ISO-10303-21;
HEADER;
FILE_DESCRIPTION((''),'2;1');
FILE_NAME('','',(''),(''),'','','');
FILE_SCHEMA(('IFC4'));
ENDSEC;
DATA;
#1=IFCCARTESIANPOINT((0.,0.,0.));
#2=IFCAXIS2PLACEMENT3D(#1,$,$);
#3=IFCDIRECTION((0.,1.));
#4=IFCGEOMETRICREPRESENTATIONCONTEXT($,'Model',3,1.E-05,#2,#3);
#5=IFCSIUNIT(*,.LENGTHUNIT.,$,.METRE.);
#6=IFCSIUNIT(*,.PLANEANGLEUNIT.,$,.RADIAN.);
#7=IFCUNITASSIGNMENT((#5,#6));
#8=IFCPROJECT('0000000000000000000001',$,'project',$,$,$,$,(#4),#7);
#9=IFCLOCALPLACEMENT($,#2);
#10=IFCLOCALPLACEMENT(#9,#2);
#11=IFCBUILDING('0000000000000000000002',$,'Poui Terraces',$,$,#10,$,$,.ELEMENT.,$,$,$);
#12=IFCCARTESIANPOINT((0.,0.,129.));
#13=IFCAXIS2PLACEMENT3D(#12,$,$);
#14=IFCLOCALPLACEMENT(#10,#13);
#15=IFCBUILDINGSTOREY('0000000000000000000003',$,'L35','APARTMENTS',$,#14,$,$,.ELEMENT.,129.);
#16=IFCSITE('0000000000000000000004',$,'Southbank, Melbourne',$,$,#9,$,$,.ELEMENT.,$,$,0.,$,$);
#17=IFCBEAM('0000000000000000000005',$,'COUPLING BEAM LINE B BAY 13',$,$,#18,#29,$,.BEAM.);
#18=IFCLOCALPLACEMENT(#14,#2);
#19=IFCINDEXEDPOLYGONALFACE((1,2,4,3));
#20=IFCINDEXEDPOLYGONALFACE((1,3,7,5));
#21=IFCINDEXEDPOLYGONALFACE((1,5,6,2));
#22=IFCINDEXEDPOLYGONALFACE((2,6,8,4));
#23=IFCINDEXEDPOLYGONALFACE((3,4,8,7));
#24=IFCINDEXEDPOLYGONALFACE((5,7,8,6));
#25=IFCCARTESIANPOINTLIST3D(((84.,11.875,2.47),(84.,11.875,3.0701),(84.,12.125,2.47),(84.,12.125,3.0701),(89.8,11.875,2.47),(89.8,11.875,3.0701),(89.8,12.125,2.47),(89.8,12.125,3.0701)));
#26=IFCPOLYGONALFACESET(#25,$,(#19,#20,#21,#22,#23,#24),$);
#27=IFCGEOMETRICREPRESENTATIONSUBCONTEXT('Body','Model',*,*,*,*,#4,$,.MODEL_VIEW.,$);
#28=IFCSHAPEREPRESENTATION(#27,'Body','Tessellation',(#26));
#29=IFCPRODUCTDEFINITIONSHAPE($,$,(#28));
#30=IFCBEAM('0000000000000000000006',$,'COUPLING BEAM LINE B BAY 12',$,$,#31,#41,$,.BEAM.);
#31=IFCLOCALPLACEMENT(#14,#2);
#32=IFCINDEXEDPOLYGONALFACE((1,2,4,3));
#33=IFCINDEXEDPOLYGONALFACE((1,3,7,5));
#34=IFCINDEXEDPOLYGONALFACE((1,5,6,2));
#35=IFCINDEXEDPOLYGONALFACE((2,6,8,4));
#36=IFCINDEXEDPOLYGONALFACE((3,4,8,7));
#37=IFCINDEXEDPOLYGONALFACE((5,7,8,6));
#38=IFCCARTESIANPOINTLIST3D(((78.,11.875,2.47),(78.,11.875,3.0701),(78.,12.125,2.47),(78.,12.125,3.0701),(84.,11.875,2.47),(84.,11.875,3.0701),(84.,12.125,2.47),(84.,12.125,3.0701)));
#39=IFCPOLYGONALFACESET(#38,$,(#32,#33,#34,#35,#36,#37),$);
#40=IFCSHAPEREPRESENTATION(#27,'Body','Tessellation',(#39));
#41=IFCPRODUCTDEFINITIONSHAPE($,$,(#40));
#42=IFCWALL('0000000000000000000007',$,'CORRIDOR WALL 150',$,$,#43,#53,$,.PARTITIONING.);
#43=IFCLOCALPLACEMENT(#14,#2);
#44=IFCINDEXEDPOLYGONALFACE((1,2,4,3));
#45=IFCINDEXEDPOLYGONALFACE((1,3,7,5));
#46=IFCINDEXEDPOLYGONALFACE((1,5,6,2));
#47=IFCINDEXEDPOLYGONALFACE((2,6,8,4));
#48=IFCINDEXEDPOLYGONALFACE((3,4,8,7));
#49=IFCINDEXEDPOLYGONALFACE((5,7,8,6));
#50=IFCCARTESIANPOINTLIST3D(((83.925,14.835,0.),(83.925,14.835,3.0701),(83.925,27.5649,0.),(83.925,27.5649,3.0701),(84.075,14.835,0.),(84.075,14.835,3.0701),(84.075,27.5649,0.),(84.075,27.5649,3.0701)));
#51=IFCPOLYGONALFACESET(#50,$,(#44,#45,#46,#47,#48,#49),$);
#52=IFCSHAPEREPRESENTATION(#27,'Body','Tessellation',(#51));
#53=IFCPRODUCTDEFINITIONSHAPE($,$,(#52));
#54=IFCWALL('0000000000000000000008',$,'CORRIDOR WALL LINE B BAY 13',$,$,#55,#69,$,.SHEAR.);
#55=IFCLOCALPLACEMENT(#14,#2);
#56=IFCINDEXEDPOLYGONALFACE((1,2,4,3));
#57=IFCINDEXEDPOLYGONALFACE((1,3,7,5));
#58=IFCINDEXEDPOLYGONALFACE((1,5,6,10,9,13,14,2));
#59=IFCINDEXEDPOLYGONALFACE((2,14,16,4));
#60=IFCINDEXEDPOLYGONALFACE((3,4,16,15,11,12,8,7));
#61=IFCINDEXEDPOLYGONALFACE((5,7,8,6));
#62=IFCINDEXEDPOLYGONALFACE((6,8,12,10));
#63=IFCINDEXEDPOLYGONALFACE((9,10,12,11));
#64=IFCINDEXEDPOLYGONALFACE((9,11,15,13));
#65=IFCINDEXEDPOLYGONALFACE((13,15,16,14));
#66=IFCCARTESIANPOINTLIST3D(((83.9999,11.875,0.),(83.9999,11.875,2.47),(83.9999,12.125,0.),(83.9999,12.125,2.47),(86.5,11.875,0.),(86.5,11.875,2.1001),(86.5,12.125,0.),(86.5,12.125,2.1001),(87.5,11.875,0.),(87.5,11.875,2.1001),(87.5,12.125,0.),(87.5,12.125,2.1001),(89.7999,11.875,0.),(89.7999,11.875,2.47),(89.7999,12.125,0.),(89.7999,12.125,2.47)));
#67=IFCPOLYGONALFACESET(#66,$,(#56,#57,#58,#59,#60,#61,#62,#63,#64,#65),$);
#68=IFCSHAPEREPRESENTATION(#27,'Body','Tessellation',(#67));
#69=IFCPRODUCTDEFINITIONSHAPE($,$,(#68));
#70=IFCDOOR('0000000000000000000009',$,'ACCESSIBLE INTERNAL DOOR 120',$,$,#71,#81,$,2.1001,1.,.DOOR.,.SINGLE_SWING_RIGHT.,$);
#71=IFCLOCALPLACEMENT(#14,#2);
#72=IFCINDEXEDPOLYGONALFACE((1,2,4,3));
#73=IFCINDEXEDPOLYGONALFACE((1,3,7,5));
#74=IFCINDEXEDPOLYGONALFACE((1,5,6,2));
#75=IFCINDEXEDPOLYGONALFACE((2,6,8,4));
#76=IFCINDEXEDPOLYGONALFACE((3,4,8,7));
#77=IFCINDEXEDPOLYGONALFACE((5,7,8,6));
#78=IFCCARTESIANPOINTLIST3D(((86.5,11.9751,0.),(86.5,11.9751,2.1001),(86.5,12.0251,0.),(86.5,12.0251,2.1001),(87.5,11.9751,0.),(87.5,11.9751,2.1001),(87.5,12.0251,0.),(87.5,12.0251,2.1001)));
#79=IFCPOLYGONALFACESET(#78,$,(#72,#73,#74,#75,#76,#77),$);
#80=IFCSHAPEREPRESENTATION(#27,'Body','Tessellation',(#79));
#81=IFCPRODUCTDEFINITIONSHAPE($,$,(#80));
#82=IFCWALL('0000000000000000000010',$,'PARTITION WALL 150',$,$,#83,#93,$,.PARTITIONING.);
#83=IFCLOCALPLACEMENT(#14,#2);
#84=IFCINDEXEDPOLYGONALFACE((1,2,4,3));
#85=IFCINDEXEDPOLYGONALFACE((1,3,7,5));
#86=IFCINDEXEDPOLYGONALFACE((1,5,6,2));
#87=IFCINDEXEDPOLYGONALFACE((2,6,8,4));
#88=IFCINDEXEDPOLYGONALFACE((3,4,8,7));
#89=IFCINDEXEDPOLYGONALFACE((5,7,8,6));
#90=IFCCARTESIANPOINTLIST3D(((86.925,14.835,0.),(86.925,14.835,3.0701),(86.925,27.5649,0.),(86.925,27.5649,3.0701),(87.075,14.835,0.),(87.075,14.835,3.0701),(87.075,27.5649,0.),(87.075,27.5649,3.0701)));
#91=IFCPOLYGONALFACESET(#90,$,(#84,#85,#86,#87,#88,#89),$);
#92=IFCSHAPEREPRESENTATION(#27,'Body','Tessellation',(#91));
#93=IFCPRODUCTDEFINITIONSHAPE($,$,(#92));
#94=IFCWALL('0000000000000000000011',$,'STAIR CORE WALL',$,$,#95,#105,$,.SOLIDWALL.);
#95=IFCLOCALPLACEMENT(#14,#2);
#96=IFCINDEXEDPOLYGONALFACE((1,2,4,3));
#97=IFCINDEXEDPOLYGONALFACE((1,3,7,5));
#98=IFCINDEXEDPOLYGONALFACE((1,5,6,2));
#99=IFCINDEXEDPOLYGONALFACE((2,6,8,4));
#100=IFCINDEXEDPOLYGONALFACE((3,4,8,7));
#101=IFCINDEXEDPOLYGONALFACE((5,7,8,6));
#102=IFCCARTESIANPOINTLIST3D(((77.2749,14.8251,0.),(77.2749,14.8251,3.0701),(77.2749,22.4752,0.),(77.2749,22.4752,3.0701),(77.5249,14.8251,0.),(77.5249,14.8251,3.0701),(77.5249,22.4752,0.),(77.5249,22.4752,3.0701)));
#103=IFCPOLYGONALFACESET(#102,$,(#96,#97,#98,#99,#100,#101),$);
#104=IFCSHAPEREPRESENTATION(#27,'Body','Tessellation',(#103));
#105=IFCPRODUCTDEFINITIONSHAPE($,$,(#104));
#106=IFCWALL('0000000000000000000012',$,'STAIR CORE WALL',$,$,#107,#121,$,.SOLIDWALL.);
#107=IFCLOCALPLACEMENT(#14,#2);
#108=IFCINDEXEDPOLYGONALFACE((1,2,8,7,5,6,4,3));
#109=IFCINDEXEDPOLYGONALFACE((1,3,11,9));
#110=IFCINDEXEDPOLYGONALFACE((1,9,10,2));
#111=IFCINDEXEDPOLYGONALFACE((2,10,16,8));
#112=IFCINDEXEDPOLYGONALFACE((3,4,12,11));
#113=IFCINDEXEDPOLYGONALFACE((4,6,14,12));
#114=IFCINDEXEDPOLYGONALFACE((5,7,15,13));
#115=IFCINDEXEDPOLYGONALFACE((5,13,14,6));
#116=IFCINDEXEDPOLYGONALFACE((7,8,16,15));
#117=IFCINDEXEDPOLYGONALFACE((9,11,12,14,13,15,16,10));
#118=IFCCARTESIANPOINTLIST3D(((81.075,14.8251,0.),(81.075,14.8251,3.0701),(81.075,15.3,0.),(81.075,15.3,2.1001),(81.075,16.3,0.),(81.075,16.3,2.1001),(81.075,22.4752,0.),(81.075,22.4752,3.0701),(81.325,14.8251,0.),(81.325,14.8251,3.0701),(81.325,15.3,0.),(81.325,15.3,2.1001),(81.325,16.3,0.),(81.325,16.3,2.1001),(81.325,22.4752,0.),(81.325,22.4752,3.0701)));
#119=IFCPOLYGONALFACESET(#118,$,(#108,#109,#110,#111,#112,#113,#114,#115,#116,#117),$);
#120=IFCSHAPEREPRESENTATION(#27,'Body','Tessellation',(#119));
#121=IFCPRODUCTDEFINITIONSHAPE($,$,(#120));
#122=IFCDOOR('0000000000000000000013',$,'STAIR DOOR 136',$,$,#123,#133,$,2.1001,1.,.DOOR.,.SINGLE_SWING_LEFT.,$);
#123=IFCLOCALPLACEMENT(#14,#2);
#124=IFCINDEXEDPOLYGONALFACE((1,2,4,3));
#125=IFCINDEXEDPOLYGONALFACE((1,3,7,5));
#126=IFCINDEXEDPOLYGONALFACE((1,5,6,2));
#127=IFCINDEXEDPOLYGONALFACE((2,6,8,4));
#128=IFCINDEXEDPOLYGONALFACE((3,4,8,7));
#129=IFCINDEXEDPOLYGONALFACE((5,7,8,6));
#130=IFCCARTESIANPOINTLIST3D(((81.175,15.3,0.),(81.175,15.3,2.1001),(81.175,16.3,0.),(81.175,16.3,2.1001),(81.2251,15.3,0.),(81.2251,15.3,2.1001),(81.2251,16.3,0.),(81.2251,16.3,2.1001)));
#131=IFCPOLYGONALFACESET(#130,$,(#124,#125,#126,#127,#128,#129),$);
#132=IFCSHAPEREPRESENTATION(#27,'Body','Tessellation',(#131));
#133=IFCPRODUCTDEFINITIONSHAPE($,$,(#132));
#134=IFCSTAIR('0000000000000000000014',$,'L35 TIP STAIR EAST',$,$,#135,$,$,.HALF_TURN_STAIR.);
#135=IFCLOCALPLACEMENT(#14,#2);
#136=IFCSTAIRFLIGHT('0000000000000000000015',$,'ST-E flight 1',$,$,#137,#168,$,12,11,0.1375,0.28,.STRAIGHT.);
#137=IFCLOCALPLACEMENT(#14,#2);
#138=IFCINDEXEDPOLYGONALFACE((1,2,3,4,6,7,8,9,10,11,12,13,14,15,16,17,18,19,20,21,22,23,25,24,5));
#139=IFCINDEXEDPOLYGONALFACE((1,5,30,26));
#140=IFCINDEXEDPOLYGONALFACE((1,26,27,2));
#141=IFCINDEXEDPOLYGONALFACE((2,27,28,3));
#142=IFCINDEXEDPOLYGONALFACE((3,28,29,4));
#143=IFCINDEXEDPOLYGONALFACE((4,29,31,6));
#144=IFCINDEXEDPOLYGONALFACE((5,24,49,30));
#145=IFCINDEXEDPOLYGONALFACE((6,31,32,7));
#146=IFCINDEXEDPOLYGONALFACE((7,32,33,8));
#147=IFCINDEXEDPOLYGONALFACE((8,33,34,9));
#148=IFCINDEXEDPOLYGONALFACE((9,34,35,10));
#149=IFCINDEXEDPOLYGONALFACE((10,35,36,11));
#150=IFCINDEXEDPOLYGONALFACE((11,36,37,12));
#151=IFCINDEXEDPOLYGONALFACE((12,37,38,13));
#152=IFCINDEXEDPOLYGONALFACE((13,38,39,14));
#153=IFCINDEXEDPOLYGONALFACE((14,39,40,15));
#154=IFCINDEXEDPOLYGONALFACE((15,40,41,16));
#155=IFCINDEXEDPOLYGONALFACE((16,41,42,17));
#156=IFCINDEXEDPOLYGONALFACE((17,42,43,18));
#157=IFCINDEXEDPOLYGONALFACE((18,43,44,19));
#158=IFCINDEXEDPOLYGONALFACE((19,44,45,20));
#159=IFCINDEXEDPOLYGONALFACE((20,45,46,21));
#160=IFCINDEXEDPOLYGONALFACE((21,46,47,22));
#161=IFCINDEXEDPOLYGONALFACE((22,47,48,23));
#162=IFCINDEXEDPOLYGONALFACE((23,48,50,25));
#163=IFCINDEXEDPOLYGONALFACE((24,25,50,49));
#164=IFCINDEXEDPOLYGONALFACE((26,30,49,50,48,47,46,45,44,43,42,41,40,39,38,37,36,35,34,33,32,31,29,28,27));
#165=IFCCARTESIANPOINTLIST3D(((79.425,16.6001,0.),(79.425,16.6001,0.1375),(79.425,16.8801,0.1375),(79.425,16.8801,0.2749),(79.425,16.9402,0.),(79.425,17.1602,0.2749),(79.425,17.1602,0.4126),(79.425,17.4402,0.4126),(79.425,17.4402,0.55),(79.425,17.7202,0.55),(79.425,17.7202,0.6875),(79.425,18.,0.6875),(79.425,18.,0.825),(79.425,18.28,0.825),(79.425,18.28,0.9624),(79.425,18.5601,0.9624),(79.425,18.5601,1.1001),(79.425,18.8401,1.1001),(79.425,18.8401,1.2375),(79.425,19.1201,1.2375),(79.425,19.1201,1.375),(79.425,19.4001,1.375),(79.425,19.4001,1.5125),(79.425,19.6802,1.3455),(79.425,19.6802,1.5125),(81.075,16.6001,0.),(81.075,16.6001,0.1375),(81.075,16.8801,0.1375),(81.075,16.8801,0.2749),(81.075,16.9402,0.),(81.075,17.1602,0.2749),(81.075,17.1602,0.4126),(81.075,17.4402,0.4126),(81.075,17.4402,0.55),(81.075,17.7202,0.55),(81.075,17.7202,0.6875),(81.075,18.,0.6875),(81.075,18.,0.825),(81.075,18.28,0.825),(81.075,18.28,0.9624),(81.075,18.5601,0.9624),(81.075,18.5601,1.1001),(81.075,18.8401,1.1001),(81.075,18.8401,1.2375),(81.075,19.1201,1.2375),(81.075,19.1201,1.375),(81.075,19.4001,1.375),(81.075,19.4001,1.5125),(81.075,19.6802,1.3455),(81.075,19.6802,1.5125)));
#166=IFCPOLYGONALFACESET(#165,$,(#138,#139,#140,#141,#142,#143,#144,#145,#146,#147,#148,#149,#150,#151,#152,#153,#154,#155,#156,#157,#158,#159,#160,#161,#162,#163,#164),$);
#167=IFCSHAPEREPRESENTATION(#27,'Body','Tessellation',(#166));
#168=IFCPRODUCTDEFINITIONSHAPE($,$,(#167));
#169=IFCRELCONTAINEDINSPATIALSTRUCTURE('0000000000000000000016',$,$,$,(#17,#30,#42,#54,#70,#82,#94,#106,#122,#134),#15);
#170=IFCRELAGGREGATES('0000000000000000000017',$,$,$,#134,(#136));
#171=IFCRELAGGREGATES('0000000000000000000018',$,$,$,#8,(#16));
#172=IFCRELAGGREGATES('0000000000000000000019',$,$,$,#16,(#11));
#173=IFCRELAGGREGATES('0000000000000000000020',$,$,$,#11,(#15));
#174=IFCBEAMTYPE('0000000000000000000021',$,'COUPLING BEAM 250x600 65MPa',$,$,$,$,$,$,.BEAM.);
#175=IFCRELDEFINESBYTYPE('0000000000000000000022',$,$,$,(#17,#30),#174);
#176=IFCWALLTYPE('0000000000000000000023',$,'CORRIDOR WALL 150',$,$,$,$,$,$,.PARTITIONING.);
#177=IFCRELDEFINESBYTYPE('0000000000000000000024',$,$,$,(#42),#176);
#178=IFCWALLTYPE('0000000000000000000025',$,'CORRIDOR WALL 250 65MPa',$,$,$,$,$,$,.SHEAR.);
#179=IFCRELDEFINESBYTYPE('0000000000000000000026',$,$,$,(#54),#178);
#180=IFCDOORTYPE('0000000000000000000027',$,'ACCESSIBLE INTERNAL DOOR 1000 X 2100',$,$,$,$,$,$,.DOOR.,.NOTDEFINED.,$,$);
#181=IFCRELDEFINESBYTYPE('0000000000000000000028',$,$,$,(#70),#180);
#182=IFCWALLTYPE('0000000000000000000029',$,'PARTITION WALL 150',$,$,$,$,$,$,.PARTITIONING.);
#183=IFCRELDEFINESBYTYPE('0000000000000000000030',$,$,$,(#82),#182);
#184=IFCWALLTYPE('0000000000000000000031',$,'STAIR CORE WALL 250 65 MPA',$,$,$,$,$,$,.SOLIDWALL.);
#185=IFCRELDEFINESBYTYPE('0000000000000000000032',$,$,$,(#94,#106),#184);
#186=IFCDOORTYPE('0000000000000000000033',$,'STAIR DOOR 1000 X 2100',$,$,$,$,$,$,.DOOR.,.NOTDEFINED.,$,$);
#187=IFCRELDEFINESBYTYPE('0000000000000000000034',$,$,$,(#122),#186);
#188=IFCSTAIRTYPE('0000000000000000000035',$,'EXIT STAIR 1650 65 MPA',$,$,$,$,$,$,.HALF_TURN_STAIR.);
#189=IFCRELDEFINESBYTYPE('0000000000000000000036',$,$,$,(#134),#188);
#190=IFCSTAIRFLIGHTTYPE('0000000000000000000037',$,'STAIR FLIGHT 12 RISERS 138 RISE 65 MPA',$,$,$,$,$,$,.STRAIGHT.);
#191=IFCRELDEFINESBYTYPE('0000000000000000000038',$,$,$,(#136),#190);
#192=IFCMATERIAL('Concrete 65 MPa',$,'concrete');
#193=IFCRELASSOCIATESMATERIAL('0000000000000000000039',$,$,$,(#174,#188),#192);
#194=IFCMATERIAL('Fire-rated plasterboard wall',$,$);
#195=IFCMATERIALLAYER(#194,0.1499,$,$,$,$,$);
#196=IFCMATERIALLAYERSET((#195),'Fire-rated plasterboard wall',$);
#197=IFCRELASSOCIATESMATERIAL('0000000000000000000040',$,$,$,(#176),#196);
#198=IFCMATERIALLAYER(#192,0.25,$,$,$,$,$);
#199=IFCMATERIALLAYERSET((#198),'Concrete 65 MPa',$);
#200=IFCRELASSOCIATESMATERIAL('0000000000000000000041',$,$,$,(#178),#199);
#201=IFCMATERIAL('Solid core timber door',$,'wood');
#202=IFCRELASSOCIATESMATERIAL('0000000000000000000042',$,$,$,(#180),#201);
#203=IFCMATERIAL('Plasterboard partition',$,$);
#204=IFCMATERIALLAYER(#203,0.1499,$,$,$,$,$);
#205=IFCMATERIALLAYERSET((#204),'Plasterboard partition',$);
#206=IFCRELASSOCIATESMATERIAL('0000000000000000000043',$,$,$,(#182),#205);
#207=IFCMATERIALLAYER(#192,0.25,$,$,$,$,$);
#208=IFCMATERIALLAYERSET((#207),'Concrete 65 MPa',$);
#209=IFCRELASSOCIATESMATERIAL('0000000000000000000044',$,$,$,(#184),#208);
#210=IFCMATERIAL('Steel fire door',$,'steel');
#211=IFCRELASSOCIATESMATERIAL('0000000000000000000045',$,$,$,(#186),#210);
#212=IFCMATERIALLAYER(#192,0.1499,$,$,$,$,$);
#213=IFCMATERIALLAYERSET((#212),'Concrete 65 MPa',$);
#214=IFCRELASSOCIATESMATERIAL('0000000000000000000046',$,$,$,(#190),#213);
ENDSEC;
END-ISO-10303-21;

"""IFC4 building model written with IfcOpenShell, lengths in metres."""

from ifc_helpers import new_model, si_unit, direction, frame, frame_2d, origin, origin_2d, place, context, subcontext, project, spatial, polyline, rectangle, outline, extrude, source, transform, mapped, material, layer, layer_set, material_profile, profile_set, type_object, element, fill, aggregate, save


model = new_model("IFC4")

# Units and contexts
model_context = context("Model", 3, precision=1e-05, world=origin(), true_north=direction((0.0, 1.0)))
body_context = subcontext(model_context, "Body", "Model", "MODEL_VIEW")
ifc_project = project(units=[si_unit("LENGTHUNIT", "METRE"), si_unit("PLANEANGLEUNIT", "RADIAN")], contexts=[model_context])

# Site, building, storey
site_placement = place(None, origin())
site = spatial("IfcSite", under=ifc_project, at=site_placement, Name="Southbank, Melbourne", CompositionType="ELEMENT", RefElevation=0.0)
building_placement = place(site_placement, origin())
building = spatial("IfcBuilding", under=site, at=building_placement, Name="Poui Terraces", CompositionType="ELEMENT")
storey_placement = place(building_placement, frame((0.0, 0.0, 129.0)))
storey = spatial("IfcBuildingStorey", under=building, at=storey_placement, Name="L35", Description="APARTMENTS", CompositionType="ELEMENT", Elevation=129.0)

# Beams
ifc_material_1 = material(Name="Concrete 65 MPa", Category="concrete")
ifc_material_profile = material_profile(ifc_material_1, rectangle(XDim=0.25, YDim=0.6001, at=origin_2d()), Name="RC 250x600")
ifc_profile_set = profile_set([ifc_material_profile], Name="Concrete 65 MPa")
beam_type = type_object("IfcBeamType", Name="COUPLING BEAM 250x600 65MPa", PredefinedType="BEAM", material=ifc_profile_set)
shared_shape_1 = source(origin(), body_context, "Body", "SweptSolid", [
    extrude(rectangle(XDim=0.25, YDim=0.6001, at=origin_2d()), origin(), (0.0, 0.0, 1.0), 5.8),
])
beam_1_placement = place(storey_placement, frame((84.0, 12.0, 2.77), z_axis=(1.0, 0.0, 0.0), x_axis=(0.0, 1.0, 0.0)))
element("IfcBeam", 1, at=beam_1_placement, inside=storey, type_object=beam_type, Name="COUPLING BEAM LINE B BAY 13", PredefinedType="BEAM", context=body_context, shape_type="MappedRepresentation", body=[
    mapped(shared_shape_1, transform((0.0, 0.0, 0.0))),
])
shared_shape_2 = source(origin(), body_context, "Body", "SweptSolid", [
    extrude(rectangle(XDim=0.25, YDim=0.6001, at=origin_2d()), origin(), (0.0, 0.0, 1.0), 6.0),
])
beam_2_placement = place(storey_placement, frame((78.0, 12.0, 2.77), z_axis=(1.0, 0.0, 0.0), x_axis=(0.0, 1.0, 0.0)))
element("IfcBeam", 2, at=beam_2_placement, inside=storey, type_object=beam_type, Name="COUPLING BEAM LINE B BAY 12", PredefinedType="BEAM", context=body_context, shape_type="MappedRepresentation", body=[
    mapped(shared_shape_2, transform((0.0, 0.0, 0.0))),
])

# Wall
ifc_material_2 = material(Name="Fire-rated plasterboard wall")
ifc_layer_1 = layer(ifc_material_2, 0.1499)
ifc_layer_set_1 = layer_set([ifc_layer_1], Name="Fire-rated plasterboard wall")
wall_type_1 = type_object("IfcWallType", Name="CORRIDOR WALL 150", PredefinedType="PARTITIONING", material=ifc_layer_set_1)
wall_1_placement = place(storey_placement, frame((84.0, 14.835, 0.0), z_axis=(0.0, 0.0, 1.0), x_axis=(0.0, 1.0, 0.0)))
element("IfcWall", 3, at=wall_1_placement, inside=storey, type_object=wall_type_1, Name="CORRIDOR WALL 150", PredefinedType="PARTITIONING", context=body_context, shape_type="SweptSolid", body=[
    extrude(rectangle(XDim=12.73, YDim=0.1499, at=frame_2d((6.365, 0.0))), origin(), (0.0, 0.0, 1.0), 3.0701),
])

# Wall, opening, door
ifc_layer_2 = layer(ifc_material_1, 0.25)
ifc_layer_set_2 = layer_set([ifc_layer_2], Name="Concrete 65 MPa")
wall_type_2 = type_object("IfcWallType", Name="CORRIDOR WALL 250 65MPa", PredefinedType="SHEAR", material=ifc_layer_set_2)
wall_2_placement = place(storey_placement, frame((84.0, 12.0, 0.0), z_axis=(0.0, 0.0, 1.0), x_axis=(1.0, 0.0, 0.0)))
wall_2 = element("IfcWall", 4, at=wall_2_placement, inside=storey, type_object=wall_type_2, Name="CORRIDOR WALL LINE B BAY 13", PredefinedType="SHEAR", context=body_context, shape_type="SweptSolid", body=[
    extrude(rectangle(XDim=5.8, YDim=0.25, at=frame_2d((2.8999, 0.0))), origin(), (0.0, 0.0, 1.0), 2.47),
])
opening_1_placement = place(wall_2_placement, frame((2.5, 0.0, 0.0)))
opening_1 = element("IfcOpeningElement", 5, at=opening_1_placement, cuts=wall_2, PredefinedType="OPENING", context=body_context, shape_type="SweptSolid", body=[
    extrude(rectangle(XDim=1.0, YDim=2.1001, at=frame_2d((0.5, 1.05))), frame((0.0, 0.135, 0.0), z_axis=(0.0, -1.0, 0.0), x_axis=(1.0, 0.0, 0.0)), (0.0, 0.0, 1.0), 0.27),
])
ifc_material_3 = material(Name="Solid core timber door", Category="wood")
door_type_1 = type_object("IfcDoorType", Name="ACCESSIBLE INTERNAL DOOR 1000 X 2100", OperationType="NOTDEFINED", PredefinedType="DOOR", material=ifc_material_3)
door_1_placement = place(opening_1_placement, frame((1.0, 0.0, 0.0), z_axis=(0.0, 0.0, 1.0), x_axis=(-1.0, 0.0, 0.0)))
door_1 = element("IfcDoor", 6, at=door_1_placement, inside=storey, type_object=door_type_1, Name="ACCESSIBLE INTERNAL DOOR 120", OperationType="SINGLE_SWING_RIGHT", OverallHeight=2.1001, OverallWidth=1.0, PredefinedType="DOOR", context=body_context, shape_type="SweptSolid", body=[
    extrude(rectangle(XDim=1.0, YDim=2.1001, at=frame_2d((0.5, 1.05))), frame((0.0, 0.0249, 0.0), z_axis=(0.0, -1.0, 0.0), x_axis=(1.0, 0.0, 0.0)), (0.0, 0.0, 1.0), 0.05),
])
fill(opening_1, door_1)

# Walls
ifc_material_4 = material(Name="Plasterboard partition")
ifc_layer_3 = layer(ifc_material_4, 0.1499)
ifc_layer_set_3 = layer_set([ifc_layer_3], Name="Plasterboard partition")
wall_type_3 = type_object("IfcWallType", Name="PARTITION WALL 150", PredefinedType="PARTITIONING", material=ifc_layer_set_3)
wall_3_placement = place(storey_placement, frame((87.0, 14.835, 0.0), z_axis=(0.0, 0.0, 1.0), x_axis=(0.0, 1.0, 0.0)))
element("IfcWall", 7, at=wall_3_placement, inside=storey, type_object=wall_type_3, Name="PARTITION WALL 150", PredefinedType="PARTITIONING", context=body_context, shape_type="SweptSolid", body=[
    extrude(rectangle(XDim=12.73, YDim=0.1499, at=frame_2d((6.365, 0.0))), origin(), (0.0, 0.0, 1.0), 3.0701),
])
ifc_layer_4 = layer(ifc_material_1, 0.25)
ifc_layer_set_4 = layer_set([ifc_layer_4], Name="Concrete 65 MPa")
wall_type_4 = type_object("IfcWallType", Name="STAIR CORE WALL 250 65 MPA", PredefinedType="SOLIDWALL", material=ifc_layer_set_4)
wall_4_placement = place(storey_placement, frame((77.3999, 14.825, 0.0), z_axis=(0.0, 0.0, 1.0), x_axis=(0.0, 1.0, 0.0)))
element("IfcWall", 8, at=wall_4_placement, inside=storey, type_object=wall_type_4, Name="STAIR CORE WALL", PredefinedType="SOLIDWALL", context=body_context, shape_type="SweptSolid", body=[
    extrude(rectangle(XDim=7.6501, YDim=0.25, at=frame_2d((3.8252, 0.0))), origin(), (0.0, 0.0, 1.0), 3.0701),
])

# Wall, opening, door
wall_5_placement = place(storey_placement, frame((81.2, 14.825, 0.0), z_axis=(0.0, 0.0, 1.0), x_axis=(0.0, 1.0, 0.0)))
wall_5 = element("IfcWall", 9, at=wall_5_placement, inside=storey, type_object=wall_type_4, Name="STAIR CORE WALL", PredefinedType="SOLIDWALL", context=body_context, shape_type="SweptSolid", body=[
    extrude(rectangle(XDim=7.6501, YDim=0.25, at=frame_2d((3.8252, 0.0))), origin(), (0.0, 0.0, 1.0), 3.0701),
])
opening_2_placement = place(wall_5_placement, frame((0.4751, 0.0, 0.0)))
opening_2 = element("IfcOpeningElement", 10, at=opening_2_placement, cuts=wall_5, PredefinedType="OPENING", context=body_context, shape_type="SweptSolid", body=[
    extrude(rectangle(XDim=1.0, YDim=2.1001, at=frame_2d((0.5, 1.05))), frame((0.0, 0.135, 0.0), z_axis=(0.0, -1.0, 0.0), x_axis=(1.0, 0.0, 0.0)), (0.0, 0.0, 1.0), 0.27),
])
ifc_material_5 = material(Name="Steel fire door", Category="steel")
door_type_2 = type_object("IfcDoorType", Name="STAIR DOOR 1000 X 2100", OperationType="NOTDEFINED", PredefinedType="DOOR", material=ifc_material_5)
door_2_placement = place(opening_2_placement, origin())
door_2 = element("IfcDoor", 11, at=door_2_placement, inside=storey, type_object=door_type_2, Name="STAIR DOOR 136", OperationType="SINGLE_SWING_LEFT", OverallHeight=2.1001, OverallWidth=1.0, PredefinedType="DOOR", context=body_context, shape_type="SweptSolid", body=[
    extrude(rectangle(XDim=1.0, YDim=2.1001, at=frame_2d((0.5, 1.05))), frame((0.0, 0.0249, 0.0), z_axis=(0.0, -1.0, 0.0), x_axis=(1.0, 0.0, 0.0)), (0.0, 0.0, 1.0), 0.05),
])
fill(opening_2, door_2)

# Stair, stair flight
stair_type = type_object("IfcStairType", Name="EXIT STAIR 1650 65 MPA", PredefinedType="HALF_TURN_STAIR", material=ifc_material_1)
stair_placement = place(storey_placement, origin())
stair = element("IfcStair", 12, at=stair_placement, inside=storey, type_object=stair_type, Name="L35 TIP STAIR EAST", PredefinedType="HALF_TURN_STAIR")
ifc_layer_5 = layer(ifc_material_1, 0.1499)
ifc_layer_set_5 = layer_set([ifc_layer_5], Name="Concrete 65 MPa")
stair_flight_type = type_object("IfcStairFlightType", Name="STAIR FLIGHT 12 RISERS 138 RISE 65 MPA", PredefinedType="STRAIGHT", material=ifc_layer_set_5)
stair_flight_placement = place(storey_placement, frame((80.25, 16.6001, 0.0), z_axis=(0.0, 0.0, 1.0), x_axis=(0.0, 1.0, 0.0)))
stair_flight = element("IfcStairFlight", 13, at=stair_flight_placement, type_object=stair_flight_type, Name="ST-E flight 1", NumberOfRisers=12, NumberOfTreads=11, PredefinedType="STRAIGHT", RiserHeight=0.1375, TreadLength=0.28, context=body_context, shape_type="SweptSolid", body=[
    extrude(outline(polyline([(0.0, 0.0), (0.0, 0.1375), (0.28, 0.1375), (0.28, 0.2749), (0.5601, 0.2749), (0.5601, 0.4126), (0.8401, 0.4126), (0.8401, 0.55), (1.1201, 0.55), (1.1201, 0.6875), (1.3999, 0.6875), (1.3999, 0.825), (1.6799, 0.825), (1.6799, 0.9624), (1.96, 0.9624), (1.96, 1.1001), (2.24, 1.1001), (2.24, 1.2375), (2.52, 1.2375), (2.52, 1.375), (2.8, 1.375), (2.8, 1.5125), (3.0801, 1.5125), (3.0801, 1.6499), (3.0801, 1.3455), (0.3401, 0.0), (0.0, 0.0)])), frame((0.0, 0.825, 0.0), z_axis=(0.0, -1.0, 0.0), x_axis=(1.0, 0.0, 0.0)), (0.0, 0.0, 1.0), 1.6499),
])
aggregate(stair, [stair_flight])

save(model, "model.ifc")
